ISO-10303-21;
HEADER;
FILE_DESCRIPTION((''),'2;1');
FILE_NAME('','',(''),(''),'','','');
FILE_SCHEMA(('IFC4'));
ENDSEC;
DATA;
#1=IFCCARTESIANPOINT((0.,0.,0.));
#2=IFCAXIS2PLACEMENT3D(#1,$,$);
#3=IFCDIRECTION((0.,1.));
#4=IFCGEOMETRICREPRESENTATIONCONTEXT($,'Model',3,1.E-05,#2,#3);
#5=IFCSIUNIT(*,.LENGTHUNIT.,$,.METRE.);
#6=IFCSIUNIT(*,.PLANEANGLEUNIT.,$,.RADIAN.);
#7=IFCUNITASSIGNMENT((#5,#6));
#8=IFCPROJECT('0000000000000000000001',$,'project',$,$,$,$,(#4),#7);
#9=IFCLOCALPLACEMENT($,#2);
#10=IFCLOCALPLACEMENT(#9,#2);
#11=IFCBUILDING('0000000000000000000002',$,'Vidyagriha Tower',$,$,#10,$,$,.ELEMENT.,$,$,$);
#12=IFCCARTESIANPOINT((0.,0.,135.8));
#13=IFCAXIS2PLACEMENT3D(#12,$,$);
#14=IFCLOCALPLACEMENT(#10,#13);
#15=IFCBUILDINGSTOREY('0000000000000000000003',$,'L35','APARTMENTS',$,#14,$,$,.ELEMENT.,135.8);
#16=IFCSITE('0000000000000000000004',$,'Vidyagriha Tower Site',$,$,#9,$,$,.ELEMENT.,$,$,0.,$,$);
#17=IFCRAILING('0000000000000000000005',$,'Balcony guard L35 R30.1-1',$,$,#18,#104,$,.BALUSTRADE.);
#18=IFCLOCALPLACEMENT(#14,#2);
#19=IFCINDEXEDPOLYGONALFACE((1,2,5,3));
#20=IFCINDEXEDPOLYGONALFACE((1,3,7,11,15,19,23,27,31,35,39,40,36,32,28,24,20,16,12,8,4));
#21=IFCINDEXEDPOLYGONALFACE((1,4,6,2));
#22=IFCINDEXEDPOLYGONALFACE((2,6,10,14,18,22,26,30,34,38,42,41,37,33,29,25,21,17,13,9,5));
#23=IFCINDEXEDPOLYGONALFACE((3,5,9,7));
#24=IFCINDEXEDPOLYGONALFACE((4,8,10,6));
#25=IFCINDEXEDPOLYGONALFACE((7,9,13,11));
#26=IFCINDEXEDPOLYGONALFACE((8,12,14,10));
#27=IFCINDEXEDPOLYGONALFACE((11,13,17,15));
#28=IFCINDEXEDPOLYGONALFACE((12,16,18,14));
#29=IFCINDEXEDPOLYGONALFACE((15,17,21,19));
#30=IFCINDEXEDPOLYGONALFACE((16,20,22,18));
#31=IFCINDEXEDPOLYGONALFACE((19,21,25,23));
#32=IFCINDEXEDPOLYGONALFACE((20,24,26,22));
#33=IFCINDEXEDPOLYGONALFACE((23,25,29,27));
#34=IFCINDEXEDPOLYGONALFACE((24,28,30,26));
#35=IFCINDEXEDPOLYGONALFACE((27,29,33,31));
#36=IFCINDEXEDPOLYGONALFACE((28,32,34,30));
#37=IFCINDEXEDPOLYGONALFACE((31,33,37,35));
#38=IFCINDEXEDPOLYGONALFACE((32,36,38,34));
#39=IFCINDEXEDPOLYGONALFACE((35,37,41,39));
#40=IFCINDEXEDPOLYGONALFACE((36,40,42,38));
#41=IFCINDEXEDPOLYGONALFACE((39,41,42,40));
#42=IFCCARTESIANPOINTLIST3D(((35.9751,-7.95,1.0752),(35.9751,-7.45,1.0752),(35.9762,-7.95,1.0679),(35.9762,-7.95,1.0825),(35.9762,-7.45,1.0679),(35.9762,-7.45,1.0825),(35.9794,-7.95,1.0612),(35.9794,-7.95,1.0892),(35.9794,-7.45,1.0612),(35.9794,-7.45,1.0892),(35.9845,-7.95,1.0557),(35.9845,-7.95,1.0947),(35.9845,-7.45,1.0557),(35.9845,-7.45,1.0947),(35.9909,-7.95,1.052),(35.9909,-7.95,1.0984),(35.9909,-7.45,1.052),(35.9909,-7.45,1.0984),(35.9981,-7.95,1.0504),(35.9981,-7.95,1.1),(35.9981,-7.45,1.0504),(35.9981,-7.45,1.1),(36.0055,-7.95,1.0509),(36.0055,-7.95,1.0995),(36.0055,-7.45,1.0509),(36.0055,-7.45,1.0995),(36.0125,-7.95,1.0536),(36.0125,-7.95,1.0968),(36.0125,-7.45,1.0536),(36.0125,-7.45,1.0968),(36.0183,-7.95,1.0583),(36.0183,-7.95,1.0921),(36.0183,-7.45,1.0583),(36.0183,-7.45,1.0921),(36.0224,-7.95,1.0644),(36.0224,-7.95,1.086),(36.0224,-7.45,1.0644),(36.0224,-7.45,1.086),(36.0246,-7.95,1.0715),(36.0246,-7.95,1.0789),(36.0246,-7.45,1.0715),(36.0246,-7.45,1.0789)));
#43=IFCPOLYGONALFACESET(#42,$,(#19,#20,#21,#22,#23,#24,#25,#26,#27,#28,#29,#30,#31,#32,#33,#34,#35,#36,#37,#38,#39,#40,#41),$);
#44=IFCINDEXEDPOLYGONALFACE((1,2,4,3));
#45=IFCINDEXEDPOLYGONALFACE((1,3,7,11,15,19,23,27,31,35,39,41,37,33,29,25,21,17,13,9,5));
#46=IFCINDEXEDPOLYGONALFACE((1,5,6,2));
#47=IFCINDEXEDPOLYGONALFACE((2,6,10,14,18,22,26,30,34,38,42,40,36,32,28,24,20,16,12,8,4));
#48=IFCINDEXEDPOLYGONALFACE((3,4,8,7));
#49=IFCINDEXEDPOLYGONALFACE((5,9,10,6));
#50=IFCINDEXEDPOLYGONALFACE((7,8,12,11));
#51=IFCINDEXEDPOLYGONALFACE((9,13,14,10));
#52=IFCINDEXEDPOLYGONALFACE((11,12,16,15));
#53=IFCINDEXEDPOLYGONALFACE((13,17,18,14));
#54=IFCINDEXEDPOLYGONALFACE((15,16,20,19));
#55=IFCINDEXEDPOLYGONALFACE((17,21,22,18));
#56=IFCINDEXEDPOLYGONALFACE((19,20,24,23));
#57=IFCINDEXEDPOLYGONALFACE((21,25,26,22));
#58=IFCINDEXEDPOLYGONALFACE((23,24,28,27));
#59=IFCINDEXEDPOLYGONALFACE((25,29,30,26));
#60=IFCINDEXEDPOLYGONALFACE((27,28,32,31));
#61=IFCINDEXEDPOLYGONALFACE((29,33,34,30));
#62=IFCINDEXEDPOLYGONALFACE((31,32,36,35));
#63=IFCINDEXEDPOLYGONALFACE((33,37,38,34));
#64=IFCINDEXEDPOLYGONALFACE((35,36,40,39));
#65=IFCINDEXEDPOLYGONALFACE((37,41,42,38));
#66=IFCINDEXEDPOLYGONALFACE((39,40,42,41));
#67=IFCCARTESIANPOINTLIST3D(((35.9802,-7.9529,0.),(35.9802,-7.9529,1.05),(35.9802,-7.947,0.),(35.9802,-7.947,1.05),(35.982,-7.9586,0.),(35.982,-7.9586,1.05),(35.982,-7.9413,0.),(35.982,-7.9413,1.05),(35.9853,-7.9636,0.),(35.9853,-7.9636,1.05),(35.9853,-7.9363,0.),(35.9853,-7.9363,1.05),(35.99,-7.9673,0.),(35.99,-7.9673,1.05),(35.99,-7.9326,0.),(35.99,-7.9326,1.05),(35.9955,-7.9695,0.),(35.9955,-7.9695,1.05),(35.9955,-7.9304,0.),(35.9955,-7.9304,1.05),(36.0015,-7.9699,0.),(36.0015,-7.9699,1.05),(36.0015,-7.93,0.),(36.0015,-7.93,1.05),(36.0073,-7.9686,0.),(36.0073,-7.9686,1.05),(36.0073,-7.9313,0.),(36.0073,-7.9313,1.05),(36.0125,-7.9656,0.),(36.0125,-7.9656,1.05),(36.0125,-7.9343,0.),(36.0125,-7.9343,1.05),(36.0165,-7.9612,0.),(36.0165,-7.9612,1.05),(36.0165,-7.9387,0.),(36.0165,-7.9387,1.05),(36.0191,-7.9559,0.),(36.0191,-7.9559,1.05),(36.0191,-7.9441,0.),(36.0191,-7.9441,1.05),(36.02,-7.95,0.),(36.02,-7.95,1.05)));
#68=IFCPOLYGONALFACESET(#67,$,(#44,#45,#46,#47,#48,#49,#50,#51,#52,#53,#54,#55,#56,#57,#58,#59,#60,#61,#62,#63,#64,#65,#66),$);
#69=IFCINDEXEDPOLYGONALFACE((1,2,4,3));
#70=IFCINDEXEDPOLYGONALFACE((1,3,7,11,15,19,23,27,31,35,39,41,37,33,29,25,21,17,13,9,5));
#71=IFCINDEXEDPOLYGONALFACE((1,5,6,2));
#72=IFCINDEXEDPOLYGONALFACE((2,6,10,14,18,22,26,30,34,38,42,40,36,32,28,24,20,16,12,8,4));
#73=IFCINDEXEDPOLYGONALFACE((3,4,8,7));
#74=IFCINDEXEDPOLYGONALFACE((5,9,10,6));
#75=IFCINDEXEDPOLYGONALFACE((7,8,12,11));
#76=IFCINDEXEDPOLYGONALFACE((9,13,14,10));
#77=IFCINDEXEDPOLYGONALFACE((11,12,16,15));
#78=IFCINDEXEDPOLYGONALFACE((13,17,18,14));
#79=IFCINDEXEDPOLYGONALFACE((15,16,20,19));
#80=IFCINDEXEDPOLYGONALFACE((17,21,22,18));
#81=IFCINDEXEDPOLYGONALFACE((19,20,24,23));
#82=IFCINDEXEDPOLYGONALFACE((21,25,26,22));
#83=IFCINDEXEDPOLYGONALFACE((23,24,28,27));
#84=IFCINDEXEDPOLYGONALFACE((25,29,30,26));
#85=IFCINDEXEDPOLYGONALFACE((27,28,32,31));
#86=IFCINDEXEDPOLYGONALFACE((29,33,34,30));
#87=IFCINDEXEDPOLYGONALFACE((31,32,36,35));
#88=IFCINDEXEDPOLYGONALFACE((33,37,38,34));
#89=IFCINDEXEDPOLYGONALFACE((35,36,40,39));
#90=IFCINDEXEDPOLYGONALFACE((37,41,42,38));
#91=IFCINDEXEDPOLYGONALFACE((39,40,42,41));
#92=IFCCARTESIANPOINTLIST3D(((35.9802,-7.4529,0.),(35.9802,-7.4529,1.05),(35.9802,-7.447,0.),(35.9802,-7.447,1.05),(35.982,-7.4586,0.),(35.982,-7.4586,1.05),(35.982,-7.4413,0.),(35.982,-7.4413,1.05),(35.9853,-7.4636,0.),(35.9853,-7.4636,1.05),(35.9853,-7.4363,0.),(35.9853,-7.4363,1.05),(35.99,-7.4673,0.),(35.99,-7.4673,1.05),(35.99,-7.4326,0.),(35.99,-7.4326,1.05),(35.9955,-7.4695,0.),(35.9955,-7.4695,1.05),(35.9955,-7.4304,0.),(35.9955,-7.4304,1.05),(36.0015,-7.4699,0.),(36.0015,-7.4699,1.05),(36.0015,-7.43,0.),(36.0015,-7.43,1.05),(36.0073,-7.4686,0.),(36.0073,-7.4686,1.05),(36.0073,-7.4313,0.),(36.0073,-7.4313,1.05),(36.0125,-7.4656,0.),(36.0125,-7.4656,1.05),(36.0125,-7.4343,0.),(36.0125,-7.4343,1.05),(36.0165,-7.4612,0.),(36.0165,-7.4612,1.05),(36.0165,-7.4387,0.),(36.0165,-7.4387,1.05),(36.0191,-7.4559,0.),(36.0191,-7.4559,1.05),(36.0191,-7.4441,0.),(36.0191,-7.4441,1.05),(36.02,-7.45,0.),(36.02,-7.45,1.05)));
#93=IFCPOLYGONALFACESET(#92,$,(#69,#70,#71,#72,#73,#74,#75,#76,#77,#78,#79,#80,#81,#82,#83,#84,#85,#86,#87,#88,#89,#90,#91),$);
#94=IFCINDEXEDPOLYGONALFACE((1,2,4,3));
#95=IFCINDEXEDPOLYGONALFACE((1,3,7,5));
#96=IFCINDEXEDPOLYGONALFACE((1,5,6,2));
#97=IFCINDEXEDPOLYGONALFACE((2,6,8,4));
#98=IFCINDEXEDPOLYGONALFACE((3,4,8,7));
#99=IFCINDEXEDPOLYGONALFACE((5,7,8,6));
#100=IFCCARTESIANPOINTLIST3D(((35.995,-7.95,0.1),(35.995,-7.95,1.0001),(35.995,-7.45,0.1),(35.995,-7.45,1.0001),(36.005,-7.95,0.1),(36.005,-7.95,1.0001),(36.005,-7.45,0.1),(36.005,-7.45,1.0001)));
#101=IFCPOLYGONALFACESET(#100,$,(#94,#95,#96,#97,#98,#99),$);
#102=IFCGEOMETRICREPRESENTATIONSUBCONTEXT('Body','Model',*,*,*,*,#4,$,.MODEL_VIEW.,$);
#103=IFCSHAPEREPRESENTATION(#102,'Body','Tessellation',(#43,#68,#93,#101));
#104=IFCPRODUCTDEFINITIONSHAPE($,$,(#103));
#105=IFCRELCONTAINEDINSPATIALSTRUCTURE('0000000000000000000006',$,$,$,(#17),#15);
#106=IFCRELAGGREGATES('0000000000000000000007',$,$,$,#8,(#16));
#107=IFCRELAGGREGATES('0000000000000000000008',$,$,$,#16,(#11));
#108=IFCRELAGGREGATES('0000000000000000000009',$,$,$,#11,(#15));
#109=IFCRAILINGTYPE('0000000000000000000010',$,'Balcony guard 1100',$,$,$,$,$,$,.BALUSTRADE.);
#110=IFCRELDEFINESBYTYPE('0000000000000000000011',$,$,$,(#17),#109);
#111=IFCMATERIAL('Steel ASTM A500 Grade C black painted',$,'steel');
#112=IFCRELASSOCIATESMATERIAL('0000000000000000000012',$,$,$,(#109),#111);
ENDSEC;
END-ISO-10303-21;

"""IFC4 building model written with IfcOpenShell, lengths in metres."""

from ifc_helpers import new_model, si_unit, direction, frame, origin, origin_2d, place, context, subcontext, project, spatial, rectangle, circle, extrude, material, type_object, element, save


model = new_model("IFC4")

# Units and contexts
model_context = context("Model", 3, precision=1e-05, world=origin(), true_north=direction((0.0, 1.0)))
body_context = subcontext(model_context, "Body", "Model", "MODEL_VIEW")
ifc_project = project(units=[si_unit("LENGTHUNIT", "METRE"), si_unit("PLANEANGLEUNIT", "RADIAN")], contexts=[model_context])

# Site, building, storey
site_placement = place(None, origin())
site = spatial("IfcSite", under=ifc_project, at=site_placement, Name="Vidyagriha Tower Site", CompositionType="ELEMENT", RefElevation=0.0)
building_placement = place(site_placement, origin())
building = spatial("IfcBuilding", under=site, at=building_placement, Name="Vidyagriha Tower", CompositionType="ELEMENT")
storey_placement = place(building_placement, frame((0.0, 0.0, 135.8)))
storey = spatial("IfcBuildingStorey", under=building, at=storey_placement, Name="L35", Description="APARTMENTS", CompositionType="ELEMENT", Elevation=135.8)

# Railing
ifc_material_1 = material(Name="Steel ASTM A500 Grade C black painted", Category="steel")
railing_type_1 = type_object("IfcRailingType", Name="Balcony guard 1100", PredefinedType="BALUSTRADE", material=ifc_material_1)
railing_1_placement = place(storey_placement, frame((36.0, -7.95, 0.0)))
element("IfcRailing", 1, at=railing_1_placement, inside=storey, type_object=railing_type_1, Name="Balcony guard L35 R30.1-1", PredefinedType="BALUSTRADE", context=body_context, shape_type="SweptSolid", body=[
    extrude(circle(Radius=0.0249, at=origin_2d()), frame((0.0, 0.0, 1.0752), z_axis=(0.0, 1.0, 0.0), x_axis=(-1.0, 0.0, 0.0)), (0.0, 0.0, 1.0), 0.5),
    extrude(circle(Radius=0.02, at=origin_2d()), origin(), (0.0, 0.0, 1.0), 1.05),
    extrude(circle(Radius=0.02, at=origin_2d()), frame((0.0, 0.5, 0.0)), (0.0, 0.0, 1.0), 1.05),
    extrude(rectangle(XDim=0.01, YDim=0.9001, at=origin_2d()), frame((0.0, 0.0, 0.55), z_axis=(0.0, 1.0, 0.0), x_axis=(-1.0, 0.0, 0.0)), (0.0, 0.0, 1.0), 0.5),
])

save(model, "model.ifc")
